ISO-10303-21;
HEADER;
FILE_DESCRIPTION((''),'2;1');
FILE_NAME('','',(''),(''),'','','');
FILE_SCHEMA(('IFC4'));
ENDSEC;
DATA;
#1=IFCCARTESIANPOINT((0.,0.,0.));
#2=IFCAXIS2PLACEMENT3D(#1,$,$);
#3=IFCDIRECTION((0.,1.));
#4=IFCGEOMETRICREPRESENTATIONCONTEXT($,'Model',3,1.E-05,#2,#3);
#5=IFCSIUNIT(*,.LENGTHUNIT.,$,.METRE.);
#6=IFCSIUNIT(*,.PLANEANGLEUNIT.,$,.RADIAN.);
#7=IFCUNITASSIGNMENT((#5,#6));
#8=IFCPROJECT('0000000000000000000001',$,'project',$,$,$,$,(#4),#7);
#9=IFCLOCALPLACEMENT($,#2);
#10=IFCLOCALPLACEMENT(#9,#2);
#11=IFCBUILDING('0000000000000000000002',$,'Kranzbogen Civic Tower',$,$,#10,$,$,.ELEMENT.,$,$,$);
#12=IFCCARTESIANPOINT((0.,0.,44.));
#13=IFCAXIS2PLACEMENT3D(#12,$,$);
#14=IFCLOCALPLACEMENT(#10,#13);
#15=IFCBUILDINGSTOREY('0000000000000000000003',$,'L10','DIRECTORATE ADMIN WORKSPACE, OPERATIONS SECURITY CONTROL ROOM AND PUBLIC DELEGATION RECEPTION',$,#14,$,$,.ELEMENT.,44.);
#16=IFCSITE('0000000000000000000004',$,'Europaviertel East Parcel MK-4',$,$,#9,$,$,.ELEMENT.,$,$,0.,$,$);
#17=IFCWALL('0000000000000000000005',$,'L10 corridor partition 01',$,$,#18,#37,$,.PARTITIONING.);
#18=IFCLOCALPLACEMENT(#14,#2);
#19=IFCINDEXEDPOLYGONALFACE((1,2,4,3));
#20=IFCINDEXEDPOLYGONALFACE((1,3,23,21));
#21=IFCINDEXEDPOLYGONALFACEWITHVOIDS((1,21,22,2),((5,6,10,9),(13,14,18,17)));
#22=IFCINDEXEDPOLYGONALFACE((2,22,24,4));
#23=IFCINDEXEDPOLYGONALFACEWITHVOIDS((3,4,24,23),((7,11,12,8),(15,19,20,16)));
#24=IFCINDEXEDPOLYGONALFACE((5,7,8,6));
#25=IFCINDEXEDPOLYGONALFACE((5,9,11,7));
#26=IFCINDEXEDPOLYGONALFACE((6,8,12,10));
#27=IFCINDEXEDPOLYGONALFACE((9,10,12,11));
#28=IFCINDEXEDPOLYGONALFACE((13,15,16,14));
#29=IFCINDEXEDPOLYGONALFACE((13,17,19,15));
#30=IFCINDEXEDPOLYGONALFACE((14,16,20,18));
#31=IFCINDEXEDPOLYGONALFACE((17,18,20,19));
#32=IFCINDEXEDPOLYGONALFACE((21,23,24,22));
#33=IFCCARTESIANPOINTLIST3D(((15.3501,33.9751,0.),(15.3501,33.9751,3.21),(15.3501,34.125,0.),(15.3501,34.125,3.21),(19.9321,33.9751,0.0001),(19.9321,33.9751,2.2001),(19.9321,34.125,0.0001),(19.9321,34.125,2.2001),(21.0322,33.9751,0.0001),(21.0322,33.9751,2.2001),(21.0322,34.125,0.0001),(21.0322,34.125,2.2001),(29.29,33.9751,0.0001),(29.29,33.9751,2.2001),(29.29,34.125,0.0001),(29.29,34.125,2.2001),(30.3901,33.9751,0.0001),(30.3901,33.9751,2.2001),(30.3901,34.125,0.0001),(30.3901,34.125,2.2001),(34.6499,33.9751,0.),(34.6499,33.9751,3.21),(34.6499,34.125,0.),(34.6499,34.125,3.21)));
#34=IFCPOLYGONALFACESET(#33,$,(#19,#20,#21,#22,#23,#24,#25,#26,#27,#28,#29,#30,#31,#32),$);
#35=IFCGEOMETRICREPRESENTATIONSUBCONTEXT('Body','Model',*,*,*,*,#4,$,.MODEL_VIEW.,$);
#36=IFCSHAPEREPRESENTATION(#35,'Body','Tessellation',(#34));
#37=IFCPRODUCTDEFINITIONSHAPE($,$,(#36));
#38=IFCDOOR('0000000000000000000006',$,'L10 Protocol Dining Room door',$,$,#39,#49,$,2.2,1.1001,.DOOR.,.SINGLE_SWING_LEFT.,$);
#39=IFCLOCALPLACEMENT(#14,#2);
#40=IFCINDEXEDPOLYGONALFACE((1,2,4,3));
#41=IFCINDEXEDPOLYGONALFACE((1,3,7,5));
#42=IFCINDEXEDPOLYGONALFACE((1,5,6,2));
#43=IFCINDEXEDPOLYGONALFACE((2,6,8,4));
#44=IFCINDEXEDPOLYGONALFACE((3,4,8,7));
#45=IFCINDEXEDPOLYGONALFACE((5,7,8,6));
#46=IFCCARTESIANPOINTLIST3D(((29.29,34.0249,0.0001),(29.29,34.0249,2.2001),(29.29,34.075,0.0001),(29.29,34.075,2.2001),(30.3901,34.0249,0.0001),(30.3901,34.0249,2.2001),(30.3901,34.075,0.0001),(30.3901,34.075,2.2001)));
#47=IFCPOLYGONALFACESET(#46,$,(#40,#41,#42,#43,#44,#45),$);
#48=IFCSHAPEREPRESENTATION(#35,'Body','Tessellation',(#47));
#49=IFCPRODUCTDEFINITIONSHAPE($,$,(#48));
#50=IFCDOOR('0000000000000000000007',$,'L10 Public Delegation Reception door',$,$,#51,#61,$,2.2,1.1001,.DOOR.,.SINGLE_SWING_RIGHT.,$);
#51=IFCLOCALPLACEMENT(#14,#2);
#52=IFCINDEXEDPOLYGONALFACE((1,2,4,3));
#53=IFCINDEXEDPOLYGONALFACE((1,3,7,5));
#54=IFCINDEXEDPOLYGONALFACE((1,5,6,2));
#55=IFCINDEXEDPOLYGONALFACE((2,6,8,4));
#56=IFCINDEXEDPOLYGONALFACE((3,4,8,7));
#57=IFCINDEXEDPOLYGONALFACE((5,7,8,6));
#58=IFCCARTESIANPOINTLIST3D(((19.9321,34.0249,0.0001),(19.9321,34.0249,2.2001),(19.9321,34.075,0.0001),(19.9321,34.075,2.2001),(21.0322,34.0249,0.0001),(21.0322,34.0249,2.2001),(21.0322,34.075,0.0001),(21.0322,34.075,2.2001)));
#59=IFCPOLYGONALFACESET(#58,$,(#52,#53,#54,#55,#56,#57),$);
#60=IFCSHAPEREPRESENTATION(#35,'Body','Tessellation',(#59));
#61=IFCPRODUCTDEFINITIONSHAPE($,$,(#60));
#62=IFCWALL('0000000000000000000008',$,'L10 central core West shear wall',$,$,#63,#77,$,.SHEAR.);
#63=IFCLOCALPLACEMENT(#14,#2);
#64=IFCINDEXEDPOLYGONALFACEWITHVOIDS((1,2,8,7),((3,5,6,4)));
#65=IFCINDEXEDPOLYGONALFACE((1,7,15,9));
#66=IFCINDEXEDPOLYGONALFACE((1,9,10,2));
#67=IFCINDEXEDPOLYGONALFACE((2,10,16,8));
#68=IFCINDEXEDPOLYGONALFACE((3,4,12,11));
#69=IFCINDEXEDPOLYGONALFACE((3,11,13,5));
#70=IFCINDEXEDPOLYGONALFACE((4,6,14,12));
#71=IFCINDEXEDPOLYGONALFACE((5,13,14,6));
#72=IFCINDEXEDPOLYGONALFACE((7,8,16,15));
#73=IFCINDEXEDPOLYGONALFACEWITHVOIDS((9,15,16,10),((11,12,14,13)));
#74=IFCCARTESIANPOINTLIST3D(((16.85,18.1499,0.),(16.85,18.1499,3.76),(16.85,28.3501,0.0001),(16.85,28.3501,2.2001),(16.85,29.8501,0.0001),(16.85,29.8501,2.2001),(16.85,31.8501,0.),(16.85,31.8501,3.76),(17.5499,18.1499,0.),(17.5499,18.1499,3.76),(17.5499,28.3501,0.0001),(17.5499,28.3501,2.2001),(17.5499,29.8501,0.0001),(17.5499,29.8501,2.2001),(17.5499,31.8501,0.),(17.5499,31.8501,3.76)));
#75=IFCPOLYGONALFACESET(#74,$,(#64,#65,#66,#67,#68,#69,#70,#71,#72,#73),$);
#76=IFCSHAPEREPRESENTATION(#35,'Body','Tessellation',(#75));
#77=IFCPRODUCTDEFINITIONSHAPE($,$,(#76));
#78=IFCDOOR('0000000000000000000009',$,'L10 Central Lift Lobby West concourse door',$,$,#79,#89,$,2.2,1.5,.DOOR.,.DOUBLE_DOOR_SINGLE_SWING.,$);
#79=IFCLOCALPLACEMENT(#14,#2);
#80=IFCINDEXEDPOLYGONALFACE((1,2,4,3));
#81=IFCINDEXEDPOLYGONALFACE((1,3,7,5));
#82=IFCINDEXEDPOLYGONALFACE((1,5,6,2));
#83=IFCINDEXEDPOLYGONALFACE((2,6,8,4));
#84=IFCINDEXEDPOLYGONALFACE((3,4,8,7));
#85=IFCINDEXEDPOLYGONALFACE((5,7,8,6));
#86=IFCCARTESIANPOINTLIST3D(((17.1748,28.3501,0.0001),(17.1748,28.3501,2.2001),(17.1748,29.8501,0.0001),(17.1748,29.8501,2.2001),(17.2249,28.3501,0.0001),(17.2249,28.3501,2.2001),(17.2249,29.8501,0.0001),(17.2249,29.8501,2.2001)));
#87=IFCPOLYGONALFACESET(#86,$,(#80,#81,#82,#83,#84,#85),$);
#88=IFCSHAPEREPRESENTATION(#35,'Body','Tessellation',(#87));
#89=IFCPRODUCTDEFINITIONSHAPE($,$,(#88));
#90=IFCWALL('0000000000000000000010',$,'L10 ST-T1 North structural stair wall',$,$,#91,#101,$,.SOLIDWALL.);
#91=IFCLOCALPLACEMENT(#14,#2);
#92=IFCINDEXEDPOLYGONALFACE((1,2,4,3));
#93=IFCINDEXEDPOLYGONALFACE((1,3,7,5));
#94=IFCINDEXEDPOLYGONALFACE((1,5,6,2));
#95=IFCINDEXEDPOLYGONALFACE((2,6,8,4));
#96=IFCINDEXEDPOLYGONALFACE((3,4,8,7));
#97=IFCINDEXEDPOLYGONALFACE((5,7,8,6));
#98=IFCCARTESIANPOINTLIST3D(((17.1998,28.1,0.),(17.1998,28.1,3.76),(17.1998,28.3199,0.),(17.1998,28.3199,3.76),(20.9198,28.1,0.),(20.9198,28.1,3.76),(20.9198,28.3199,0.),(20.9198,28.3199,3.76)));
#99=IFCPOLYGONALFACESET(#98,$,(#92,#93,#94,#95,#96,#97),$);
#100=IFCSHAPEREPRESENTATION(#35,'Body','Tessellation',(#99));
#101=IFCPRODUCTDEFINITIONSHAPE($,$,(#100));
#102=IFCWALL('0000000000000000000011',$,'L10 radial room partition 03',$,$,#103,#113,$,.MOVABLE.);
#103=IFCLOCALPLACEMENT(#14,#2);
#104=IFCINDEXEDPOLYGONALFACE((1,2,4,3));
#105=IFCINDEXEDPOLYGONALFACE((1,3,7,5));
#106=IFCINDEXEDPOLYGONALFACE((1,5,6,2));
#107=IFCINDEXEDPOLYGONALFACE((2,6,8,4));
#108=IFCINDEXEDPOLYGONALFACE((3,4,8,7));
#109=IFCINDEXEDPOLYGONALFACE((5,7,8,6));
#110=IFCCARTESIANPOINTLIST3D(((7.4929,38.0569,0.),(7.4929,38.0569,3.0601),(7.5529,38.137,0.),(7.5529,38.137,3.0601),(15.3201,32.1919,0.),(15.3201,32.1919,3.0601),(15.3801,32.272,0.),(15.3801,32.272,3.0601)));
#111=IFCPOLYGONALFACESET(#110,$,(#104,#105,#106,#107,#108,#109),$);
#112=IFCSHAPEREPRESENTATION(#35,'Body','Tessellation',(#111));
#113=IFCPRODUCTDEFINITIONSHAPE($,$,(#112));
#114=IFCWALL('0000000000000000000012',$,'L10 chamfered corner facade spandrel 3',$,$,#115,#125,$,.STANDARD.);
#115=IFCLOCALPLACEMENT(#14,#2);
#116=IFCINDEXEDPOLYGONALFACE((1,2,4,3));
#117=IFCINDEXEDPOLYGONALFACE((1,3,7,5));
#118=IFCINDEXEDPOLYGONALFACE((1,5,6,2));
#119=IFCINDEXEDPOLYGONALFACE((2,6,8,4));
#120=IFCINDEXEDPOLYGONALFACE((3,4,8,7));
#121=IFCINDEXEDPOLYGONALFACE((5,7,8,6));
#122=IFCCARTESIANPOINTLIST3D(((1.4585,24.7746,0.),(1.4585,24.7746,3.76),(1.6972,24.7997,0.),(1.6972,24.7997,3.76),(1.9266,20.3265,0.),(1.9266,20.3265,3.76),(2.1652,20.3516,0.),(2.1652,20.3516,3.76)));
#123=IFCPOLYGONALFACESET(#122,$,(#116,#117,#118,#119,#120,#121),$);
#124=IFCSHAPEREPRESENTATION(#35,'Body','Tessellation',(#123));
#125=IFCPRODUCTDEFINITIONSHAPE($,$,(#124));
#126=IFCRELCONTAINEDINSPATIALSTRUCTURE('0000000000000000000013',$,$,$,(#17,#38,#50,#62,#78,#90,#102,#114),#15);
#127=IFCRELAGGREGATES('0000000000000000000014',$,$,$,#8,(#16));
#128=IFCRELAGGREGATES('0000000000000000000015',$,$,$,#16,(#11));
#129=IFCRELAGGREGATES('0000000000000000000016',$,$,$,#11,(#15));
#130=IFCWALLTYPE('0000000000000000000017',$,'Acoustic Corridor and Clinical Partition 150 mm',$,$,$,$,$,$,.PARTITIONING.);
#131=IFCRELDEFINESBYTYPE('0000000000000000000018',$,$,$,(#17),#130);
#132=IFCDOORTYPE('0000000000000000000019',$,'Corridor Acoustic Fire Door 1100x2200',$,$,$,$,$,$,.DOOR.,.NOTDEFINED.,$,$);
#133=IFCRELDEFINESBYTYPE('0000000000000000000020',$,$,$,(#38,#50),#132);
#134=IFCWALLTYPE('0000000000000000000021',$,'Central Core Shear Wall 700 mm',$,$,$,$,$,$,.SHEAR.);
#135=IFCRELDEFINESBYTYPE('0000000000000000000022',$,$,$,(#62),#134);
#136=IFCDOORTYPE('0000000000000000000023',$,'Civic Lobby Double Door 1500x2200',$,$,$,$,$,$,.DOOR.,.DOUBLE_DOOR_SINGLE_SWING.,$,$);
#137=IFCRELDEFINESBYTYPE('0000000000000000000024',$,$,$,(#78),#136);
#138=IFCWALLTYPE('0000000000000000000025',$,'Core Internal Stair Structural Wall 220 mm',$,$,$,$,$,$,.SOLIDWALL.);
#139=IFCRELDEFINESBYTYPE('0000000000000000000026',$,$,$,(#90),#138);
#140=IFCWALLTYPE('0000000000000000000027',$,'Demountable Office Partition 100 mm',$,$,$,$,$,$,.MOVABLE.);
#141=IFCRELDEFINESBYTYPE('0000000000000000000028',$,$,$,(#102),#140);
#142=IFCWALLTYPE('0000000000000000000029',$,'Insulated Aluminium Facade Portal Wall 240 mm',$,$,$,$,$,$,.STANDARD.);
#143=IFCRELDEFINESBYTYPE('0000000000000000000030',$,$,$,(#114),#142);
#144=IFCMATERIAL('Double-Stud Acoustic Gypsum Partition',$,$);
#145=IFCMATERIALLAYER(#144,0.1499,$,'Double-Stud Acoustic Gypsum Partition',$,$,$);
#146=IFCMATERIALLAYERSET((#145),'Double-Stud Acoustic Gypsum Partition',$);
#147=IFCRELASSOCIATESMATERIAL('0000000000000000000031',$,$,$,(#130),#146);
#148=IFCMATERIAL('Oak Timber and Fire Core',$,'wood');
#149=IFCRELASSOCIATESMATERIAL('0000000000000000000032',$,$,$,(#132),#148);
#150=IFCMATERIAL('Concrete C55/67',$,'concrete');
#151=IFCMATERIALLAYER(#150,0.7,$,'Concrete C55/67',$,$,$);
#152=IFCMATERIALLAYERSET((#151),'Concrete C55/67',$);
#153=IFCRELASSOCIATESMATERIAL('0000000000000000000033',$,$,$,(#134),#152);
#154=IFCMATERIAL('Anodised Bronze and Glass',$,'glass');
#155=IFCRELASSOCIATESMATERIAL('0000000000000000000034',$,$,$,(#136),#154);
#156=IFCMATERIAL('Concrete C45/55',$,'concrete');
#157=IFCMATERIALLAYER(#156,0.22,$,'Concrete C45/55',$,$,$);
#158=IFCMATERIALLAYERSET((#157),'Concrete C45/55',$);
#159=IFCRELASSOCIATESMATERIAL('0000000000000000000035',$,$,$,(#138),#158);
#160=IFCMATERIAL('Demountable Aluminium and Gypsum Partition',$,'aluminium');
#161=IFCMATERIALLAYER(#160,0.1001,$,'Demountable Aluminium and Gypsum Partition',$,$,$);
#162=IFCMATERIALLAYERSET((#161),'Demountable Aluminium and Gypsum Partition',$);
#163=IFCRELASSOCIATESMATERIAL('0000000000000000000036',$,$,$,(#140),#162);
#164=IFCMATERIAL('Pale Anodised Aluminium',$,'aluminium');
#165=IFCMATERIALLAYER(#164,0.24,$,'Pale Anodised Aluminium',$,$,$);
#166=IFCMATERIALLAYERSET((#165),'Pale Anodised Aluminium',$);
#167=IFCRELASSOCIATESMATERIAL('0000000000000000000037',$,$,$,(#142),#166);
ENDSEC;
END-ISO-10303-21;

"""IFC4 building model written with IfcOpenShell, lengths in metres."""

from ifc_helpers import new_model, si_unit, direction, frame, frame_2d, origin, place, context, subcontext, project, spatial, rectangle, extrude, material, layer, layer_set, type_object, element, fill, save


model = new_model("IFC4")

# Units and contexts
model_context = context("Model", 3, precision=1e-05, world=origin(), true_north=direction((0.0, 1.0)))
body_context = subcontext(model_context, "Body", "Model", "MODEL_VIEW")
ifc_project = project(units=[si_unit("LENGTHUNIT", "METRE"), si_unit("PLANEANGLEUNIT", "RADIAN")], contexts=[model_context])

# Site, building, storey
site_placement = place(None, origin())
site = spatial("IfcSite", under=ifc_project, at=site_placement, Name="Europaviertel East Parcel MK-4", CompositionType="ELEMENT", RefElevation=0.0)
building_placement = place(site_placement, origin())
building = spatial("IfcBuilding", under=site, at=building_placement, Name="Kranzbogen Civic Tower", CompositionType="ELEMENT")
storey_placement = place(building_placement, frame((0.0, 0.0, 44.0)))
storey = spatial("IfcBuildingStorey", under=building, at=storey_placement, Name="L10", Description="DIRECTORATE ADMIN WORKSPACE, OPERATIONS SECURITY CONTROL ROOM AND PUBLIC DELEGATION RECEPTION", CompositionType="ELEMENT", Elevation=44.0)

# Shared definitions
ifc_material_1 = material(Name="Pale Anodised Aluminium", Category="aluminium")

# Wall, openings, doors
ifc_material_2 = material(Name="Double-Stud Acoustic Gypsum Partition")
ifc_layer_1 = layer(ifc_material_2, 0.1499, Name="Double-Stud Acoustic Gypsum Partition")
ifc_layer_set_1 = layer_set([ifc_layer_1], Name="Double-Stud Acoustic Gypsum Partition")
wall_type_1 = type_object("IfcWallType", Name="Acoustic Corridor and Clinical Partition 150 mm", PredefinedType="PARTITIONING", material=ifc_layer_set_1)
wall_1_placement = place(storey_placement, frame((15.3501, 34.05, 0.0), z_axis=(0.0, 0.0, 1.0), x_axis=(1.0, 0.0, 0.0)))
wall_1 = element("IfcWall", 1, at=wall_1_placement, inside=storey, type_object=wall_type_1, Name="L10 corridor partition 01", PredefinedType="PARTITIONING", context=body_context, shape_type="SweptSolid", body=[
    extrude(rectangle(XDim=19.2998, YDim=0.1499, at=frame_2d((9.6499, 0.0))), origin(), (0.0, 0.0, 1.0), 3.21),
])
opening_1_placement = place(wall_1_placement, frame((13.9399, 0.0, 0.0)))
opening_1 = element("IfcOpeningElement", 2, at=opening_1_placement, cuts=wall_1, PredefinedType="OPENING", context=body_context, shape_type="SweptSolid", body=[
    extrude(rectangle(XDim=1.1001, YDim=2.2, at=frame_2d((0.55, 1.1001))), frame((0.0, 0.085, 0.0), z_axis=(0.0, -1.0, 0.0), x_axis=(1.0, 0.0, 0.0)), (0.0, 0.0, 1.0), 0.1699),
])
opening_2_placement = place(wall_1_placement, frame((4.582, 0.0, 0.0)))
opening_2 = element("IfcOpeningElement", 3, at=opening_2_placement, cuts=wall_1, PredefinedType="OPENING", context=body_context, shape_type="SweptSolid", body=[
    extrude(rectangle(XDim=1.1001, YDim=2.2, at=frame_2d((0.55, 1.1001))), frame((0.0, 0.085, 0.0), z_axis=(0.0, -1.0, 0.0), x_axis=(1.0, 0.0, 0.0)), (0.0, 0.0, 1.0), 0.1699),
])
ifc_material_3 = material(Name="Oak Timber and Fire Core", Category="wood")
door_type_1 = type_object("IfcDoorType", Name="Corridor Acoustic Fire Door 1100x2200", OperationType="NOTDEFINED", PredefinedType="DOOR", material=ifc_material_3)
door_1_placement = place(opening_1_placement, origin())
door_1 = element("IfcDoor", 4, at=door_1_placement, inside=storey, type_object=door_type_1, Name="L10 Protocol Dining Room door", OperationType="SINGLE_SWING_LEFT", OverallHeight=2.2, OverallWidth=1.1001, PredefinedType="DOOR", context=body_context, shape_type="SweptSolid", body=[
    extrude(rectangle(XDim=1.1001, YDim=2.2, at=frame_2d((0.55, 1.1001))), frame((0.0, 0.0249, 0.0), z_axis=(0.0, -1.0, 0.0), x_axis=(1.0, 0.0, 0.0)), (0.0, 0.0, 1.0), 0.05),
])
fill(opening_1, door_1)
door_2_placement = place(opening_2_placement, origin())
door_2 = element("IfcDoor", 5, at=door_2_placement, inside=storey, type_object=door_type_1, Name="L10 Public Delegation Reception door", OperationType="SINGLE_SWING_RIGHT", OverallHeight=2.2, OverallWidth=1.1001, PredefinedType="DOOR", context=body_context, shape_type="SweptSolid", body=[
    extrude(rectangle(XDim=1.1001, YDim=2.2, at=frame_2d((0.55, 1.1001))), frame((0.0, 0.0249, 0.0), z_axis=(0.0, -1.0, 0.0), x_axis=(1.0, 0.0, 0.0)), (0.0, 0.0, 1.0), 0.05),
])
fill(opening_2, door_2)

# Wall, opening, door
ifc_material_4 = material(Name="Concrete C55/67", Category="concrete")
ifc_layer_2 = layer(ifc_material_4, 0.7, Name="Concrete C55/67")
ifc_layer_set_2 = layer_set([ifc_layer_2], Name="Concrete C55/67")
wall_type_2 = type_object("IfcWallType", Name="Central Core Shear Wall 700 mm", PredefinedType="SHEAR", material=ifc_layer_set_2)
wall_2_placement = place(storey_placement, frame((17.2, 31.8501, 0.0), z_axis=(0.0, 0.0, 1.0), x_axis=(0.0, -1.0, 0.0)))
wall_2 = element("IfcWall", 6, at=wall_2_placement, inside=storey, type_object=wall_type_2, Name="L10 central core West shear wall", PredefinedType="SHEAR", context=body_context, shape_type="SweptSolid", body=[
    extrude(rectangle(XDim=13.7002, YDim=0.7, at=frame_2d((6.8501, 0.0))), origin(), (0.0, 0.0, 1.0), 3.76),
])
opening_3_placement = place(wall_2_placement, frame((2.0, 0.0, 0.0)))
opening_3 = element("IfcOpeningElement", 7, at=opening_3_placement, cuts=wall_2, PredefinedType="OPENING", context=body_context, shape_type="SweptSolid", body=[
    extrude(rectangle(XDim=1.5, YDim=2.2, at=frame_2d((0.75, 1.1001))), frame((0.0, 0.3599, 0.0), z_axis=(0.0, -1.0, 0.0), x_axis=(1.0, 0.0, 0.0)), (0.0, 0.0, 1.0), 0.72),
])
ifc_material_5 = material(Name="Anodised Bronze and Glass", Category="glass")
door_type_2 = type_object("IfcDoorType", Name="Civic Lobby Double Door 1500x2200", OperationType="DOUBLE_DOOR_SINGLE_SWING", PredefinedType="DOOR", material=ifc_material_5)
door_3_placement = place(opening_3_placement, origin())
door_3 = element("IfcDoor", 8, at=door_3_placement, inside=storey, type_object=door_type_2, Name="L10 Central Lift Lobby West concourse door", OperationType="DOUBLE_DOOR_SINGLE_SWING", OverallHeight=2.2, OverallWidth=1.5, PredefinedType="DOOR", context=body_context, shape_type="SweptSolid", body=[
    extrude(rectangle(XDim=1.5, YDim=2.2, at=frame_2d((0.75, 1.1001))), frame((0.0, 0.0249, 0.0), z_axis=(0.0, -1.0, 0.0), x_axis=(1.0, 0.0, 0.0)), (0.0, 0.0, 1.0), 0.05),
])
fill(opening_3, door_3)

# Walls
ifc_material_6 = material(Name="Concrete C45/55", Category="concrete")
ifc_layer_3 = layer(ifc_material_6, 0.22, Name="Concrete C45/55")
ifc_layer_set_3 = layer_set([ifc_layer_3], Name="Concrete C45/55")
wall_type_3 = type_object("IfcWallType", Name="Core Internal Stair Structural Wall 220 mm", PredefinedType="SOLIDWALL", material=ifc_layer_set_3)
wall_3_placement = place(storey_placement, frame((17.2, 28.21, 0.0), z_axis=(0.0, 0.0, 1.0), x_axis=(1.0, 0.0, 0.0)))
element("IfcWall", 9, at=wall_3_placement, inside=storey, type_object=wall_type_3, Name="L10 ST-T1 North structural stair wall", PredefinedType="SOLIDWALL", context=body_context, shape_type="SweptSolid", body=[
    extrude(rectangle(XDim=3.72, YDim=0.22, at=frame_2d((1.8599, 0.0))), origin(), (0.0, 0.0, 1.0), 3.76),
])
ifc_material_7 = material(Name="Demountable Aluminium and Gypsum Partition", Category="aluminium")
ifc_layer_4 = layer(ifc_material_7, 0.1001, Name="Demountable Aluminium and Gypsum Partition")
ifc_layer_set_4 = layer_set([ifc_layer_4], Name="Demountable Aluminium and Gypsum Partition")
wall_type_4 = type_object("IfcWallType", Name="Demountable Office Partition 100 mm", PredefinedType="MOVABLE", material=ifc_layer_set_4)
wall_4_placement = place(storey_placement, frame((15.3501, 32.2319, 0.0), z_axis=(0.0, 0.0, 1.0), x_axis=(-0.800264, 0.599648, 0.0)))
element("IfcWall", 10, at=wall_4_placement, inside=storey, type_object=wall_type_4, Name="L10 radial room partition 03", PredefinedType="MOVABLE", context=body_context, shape_type="SweptSolid", body=[
    extrude(rectangle(XDim=9.7808, YDim=0.1001, at=frame_2d((4.8904, 0.0))), origin(), (0.0, 0.0, 1.0), 3.0601),
])
ifc_layer_5 = layer(ifc_material_1, 0.24, Name="Pale Anodised Aluminium")
ifc_layer_set_5 = layer_set([ifc_layer_5], Name="Pale Anodised Aluminium")
wall_type_5 = type_object("IfcWallType", Name="Insulated Aluminium Facade Portal Wall 240 mm", PredefinedType="STANDARD", material=ifc_layer_set_5)
wall_5_placement = place(storey_placement, frame((1.5779, 24.7871, 0.0), z_axis=(0.0, 0.0, 1.0), x_axis=(0.104642, -0.99451, 0.0)))
element("IfcWall", 11, at=wall_5_placement, inside=storey, type_object=wall_type_5, Name="L10 chamfered corner facade spandrel 3", PredefinedType="STANDARD", context=body_context, shape_type="SweptSolid", body=[
    extrude(rectangle(XDim=4.4727, YDim=0.24, at=frame_2d((2.2363, 0.0))), origin(), (0.0, 0.0, 1.0), 3.76),
])

save(model, "model.ifc")
